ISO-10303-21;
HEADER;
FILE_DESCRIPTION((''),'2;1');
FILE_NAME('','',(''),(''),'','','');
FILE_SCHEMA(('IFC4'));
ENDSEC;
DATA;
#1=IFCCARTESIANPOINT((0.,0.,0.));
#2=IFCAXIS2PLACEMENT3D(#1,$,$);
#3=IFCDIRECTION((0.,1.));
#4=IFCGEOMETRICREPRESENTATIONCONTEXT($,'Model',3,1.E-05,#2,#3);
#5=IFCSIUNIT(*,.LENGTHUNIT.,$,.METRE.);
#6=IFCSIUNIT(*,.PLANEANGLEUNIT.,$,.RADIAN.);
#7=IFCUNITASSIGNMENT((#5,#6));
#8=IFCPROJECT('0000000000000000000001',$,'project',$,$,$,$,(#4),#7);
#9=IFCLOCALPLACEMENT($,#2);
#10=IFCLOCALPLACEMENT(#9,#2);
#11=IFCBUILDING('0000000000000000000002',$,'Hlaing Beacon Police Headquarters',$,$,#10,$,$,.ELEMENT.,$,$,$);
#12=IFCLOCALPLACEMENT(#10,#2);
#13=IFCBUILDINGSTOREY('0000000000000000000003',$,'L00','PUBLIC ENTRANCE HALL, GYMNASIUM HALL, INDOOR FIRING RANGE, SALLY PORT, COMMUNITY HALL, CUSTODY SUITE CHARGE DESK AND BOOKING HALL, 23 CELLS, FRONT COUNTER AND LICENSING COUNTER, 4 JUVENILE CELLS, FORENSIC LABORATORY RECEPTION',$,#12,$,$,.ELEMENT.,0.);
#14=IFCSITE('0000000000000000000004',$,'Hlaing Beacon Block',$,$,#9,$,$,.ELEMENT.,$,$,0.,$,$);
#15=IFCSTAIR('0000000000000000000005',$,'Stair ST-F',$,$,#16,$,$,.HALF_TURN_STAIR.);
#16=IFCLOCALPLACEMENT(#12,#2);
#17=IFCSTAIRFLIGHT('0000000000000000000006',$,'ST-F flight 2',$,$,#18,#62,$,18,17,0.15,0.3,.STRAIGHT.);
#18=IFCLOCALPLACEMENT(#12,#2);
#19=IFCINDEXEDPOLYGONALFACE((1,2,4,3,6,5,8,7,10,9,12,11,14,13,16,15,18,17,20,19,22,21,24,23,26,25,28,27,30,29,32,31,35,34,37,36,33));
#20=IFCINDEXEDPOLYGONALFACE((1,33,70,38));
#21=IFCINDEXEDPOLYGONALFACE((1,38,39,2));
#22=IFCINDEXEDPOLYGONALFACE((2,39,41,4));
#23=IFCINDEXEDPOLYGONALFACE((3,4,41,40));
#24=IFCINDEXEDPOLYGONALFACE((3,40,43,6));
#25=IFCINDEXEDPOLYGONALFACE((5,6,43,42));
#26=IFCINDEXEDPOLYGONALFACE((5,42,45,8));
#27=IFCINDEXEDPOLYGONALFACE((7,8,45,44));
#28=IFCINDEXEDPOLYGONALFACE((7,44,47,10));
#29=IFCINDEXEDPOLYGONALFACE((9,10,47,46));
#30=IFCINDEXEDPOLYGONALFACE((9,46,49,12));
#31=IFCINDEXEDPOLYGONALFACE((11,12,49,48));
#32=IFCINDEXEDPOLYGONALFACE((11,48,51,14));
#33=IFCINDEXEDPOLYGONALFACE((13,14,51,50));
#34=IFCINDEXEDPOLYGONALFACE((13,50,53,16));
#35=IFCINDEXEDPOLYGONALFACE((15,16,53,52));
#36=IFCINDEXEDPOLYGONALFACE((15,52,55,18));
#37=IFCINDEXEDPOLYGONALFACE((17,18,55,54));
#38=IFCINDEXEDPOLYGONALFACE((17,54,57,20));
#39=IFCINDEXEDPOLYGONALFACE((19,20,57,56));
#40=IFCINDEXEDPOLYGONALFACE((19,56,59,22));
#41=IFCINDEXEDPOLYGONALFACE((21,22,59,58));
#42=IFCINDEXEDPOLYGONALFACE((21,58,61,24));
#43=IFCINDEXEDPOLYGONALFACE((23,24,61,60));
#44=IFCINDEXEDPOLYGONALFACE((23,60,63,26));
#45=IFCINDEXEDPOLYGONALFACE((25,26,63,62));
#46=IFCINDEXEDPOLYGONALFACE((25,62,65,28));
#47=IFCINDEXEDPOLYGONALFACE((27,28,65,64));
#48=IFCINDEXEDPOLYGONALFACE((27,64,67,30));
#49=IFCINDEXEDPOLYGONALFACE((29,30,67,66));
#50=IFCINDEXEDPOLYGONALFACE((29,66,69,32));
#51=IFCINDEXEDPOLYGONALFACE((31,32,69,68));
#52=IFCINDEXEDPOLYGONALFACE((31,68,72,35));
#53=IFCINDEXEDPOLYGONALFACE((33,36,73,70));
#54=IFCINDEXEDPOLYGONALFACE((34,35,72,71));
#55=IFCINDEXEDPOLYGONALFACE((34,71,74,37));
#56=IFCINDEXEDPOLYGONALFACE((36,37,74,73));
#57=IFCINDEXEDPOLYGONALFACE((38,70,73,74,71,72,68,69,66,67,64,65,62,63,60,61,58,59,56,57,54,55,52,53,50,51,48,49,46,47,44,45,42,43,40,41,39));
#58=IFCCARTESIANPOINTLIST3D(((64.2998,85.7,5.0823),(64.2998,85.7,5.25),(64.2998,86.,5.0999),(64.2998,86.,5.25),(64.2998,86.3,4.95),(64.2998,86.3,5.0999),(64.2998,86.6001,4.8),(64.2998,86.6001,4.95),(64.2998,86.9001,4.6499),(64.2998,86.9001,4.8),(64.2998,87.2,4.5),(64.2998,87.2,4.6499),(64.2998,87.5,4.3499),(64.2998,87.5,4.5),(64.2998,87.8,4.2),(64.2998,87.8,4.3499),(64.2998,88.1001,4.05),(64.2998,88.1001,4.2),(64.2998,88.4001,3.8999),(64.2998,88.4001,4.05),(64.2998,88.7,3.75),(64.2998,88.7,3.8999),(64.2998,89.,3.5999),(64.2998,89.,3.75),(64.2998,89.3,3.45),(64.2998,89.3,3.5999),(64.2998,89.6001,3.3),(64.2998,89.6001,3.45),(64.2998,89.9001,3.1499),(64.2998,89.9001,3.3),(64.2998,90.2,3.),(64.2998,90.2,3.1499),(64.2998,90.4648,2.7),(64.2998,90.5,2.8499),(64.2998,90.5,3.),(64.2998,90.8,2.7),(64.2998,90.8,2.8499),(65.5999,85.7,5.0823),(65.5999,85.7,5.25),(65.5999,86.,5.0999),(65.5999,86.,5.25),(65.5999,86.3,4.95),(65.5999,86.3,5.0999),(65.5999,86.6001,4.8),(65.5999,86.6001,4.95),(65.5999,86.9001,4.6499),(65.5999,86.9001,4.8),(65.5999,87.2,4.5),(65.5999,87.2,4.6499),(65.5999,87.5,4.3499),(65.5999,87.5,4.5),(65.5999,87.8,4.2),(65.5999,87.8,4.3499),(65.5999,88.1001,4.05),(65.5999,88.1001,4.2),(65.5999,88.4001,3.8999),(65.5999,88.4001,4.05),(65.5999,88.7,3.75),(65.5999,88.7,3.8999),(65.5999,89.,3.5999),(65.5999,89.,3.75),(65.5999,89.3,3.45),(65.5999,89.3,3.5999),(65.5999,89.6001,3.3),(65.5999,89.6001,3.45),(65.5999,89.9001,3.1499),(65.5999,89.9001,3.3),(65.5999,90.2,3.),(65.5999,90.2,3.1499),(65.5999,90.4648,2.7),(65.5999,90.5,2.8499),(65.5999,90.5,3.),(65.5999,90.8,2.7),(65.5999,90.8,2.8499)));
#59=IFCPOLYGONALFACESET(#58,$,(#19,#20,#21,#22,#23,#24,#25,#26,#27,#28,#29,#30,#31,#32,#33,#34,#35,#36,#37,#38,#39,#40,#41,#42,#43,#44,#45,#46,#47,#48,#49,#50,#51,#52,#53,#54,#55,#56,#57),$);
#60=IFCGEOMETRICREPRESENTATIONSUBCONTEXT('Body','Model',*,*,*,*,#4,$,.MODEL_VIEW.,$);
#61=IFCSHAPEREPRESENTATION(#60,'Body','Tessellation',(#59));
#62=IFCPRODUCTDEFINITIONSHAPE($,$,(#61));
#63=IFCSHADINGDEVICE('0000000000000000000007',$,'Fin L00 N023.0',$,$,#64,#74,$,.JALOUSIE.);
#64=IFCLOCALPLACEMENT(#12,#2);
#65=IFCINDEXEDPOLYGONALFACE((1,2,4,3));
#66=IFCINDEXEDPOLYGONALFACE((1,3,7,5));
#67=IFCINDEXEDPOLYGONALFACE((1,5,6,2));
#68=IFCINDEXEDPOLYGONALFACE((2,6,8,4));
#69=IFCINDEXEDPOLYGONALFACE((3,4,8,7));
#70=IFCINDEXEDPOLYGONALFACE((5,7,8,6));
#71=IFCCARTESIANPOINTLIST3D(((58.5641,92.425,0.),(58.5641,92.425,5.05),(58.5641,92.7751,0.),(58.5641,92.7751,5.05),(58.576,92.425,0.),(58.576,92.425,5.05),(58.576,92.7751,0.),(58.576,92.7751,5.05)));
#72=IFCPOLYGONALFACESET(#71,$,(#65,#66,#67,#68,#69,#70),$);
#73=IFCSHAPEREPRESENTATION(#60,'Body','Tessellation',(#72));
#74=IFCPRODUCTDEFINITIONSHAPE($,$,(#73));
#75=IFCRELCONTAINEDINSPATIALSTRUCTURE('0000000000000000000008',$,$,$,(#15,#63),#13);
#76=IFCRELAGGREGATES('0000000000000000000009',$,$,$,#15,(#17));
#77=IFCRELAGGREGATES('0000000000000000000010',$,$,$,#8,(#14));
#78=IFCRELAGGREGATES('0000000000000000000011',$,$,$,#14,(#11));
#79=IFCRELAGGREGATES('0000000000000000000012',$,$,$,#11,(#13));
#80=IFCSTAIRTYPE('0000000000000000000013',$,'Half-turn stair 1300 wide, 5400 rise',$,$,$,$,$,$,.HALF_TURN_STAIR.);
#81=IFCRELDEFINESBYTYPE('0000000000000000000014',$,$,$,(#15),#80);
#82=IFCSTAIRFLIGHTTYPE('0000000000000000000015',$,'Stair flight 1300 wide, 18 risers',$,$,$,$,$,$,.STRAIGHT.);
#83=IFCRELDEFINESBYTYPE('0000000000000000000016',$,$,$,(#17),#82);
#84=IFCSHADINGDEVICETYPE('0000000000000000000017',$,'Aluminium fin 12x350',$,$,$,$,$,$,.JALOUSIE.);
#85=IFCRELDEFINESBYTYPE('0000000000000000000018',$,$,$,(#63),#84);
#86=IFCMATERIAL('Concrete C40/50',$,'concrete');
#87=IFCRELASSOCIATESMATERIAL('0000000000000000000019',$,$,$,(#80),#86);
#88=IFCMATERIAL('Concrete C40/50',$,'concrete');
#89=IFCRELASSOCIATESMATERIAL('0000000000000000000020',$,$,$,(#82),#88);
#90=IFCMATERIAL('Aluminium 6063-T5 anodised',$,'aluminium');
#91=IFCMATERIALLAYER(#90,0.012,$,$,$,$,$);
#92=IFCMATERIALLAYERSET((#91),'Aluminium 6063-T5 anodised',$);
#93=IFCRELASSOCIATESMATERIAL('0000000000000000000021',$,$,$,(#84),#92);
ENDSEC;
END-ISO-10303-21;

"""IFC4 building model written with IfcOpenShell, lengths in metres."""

from ifc_helpers import new_model, si_unit, direction, frame, origin, origin_2d, place, context, subcontext, project, spatial, polyline, rectangle, outline, extrude, material, layer, layer_set, type_object, element, aggregate, save


model = new_model("IFC4")

# Units and contexts
model_context = context("Model", 3, precision=1e-05, world=origin(), true_north=direction((0.0, 1.0)))
body_context = subcontext(model_context, "Body", "Model", "MODEL_VIEW")
ifc_project = project(units=[si_unit("LENGTHUNIT", "METRE"), si_unit("PLANEANGLEUNIT", "RADIAN")], contexts=[model_context])

# Site, building, storey
site_placement = place(None, origin())
site = spatial("IfcSite", under=ifc_project, at=site_placement, Name="Hlaing Beacon Block", CompositionType="ELEMENT", RefElevation=0.0)
building_placement = place(site_placement, origin())
building = spatial("IfcBuilding", under=site, at=building_placement, Name="Hlaing Beacon Police Headquarters", CompositionType="ELEMENT")
storey_placement = place(building_placement, origin())
storey = spatial("IfcBuildingStorey", under=building, at=storey_placement, Name="L00", Description="PUBLIC ENTRANCE HALL, GYMNASIUM HALL, INDOOR FIRING RANGE, SALLY PORT, COMMUNITY HALL, CUSTODY SUITE CHARGE DESK AND BOOKING HALL, 23 CELLS, FRONT COUNTER AND LICENSING COUNTER, 4 JUVENILE CELLS, FORENSIC LABORATORY RECEPTION", CompositionType="ELEMENT", Elevation=0.0)

# Stair, stair flight
ifc_material_1 = material(Name="Concrete C40/50", Category="concrete")
stair_type = type_object("IfcStairType", Name="Half-turn stair 1300 wide, 5400 rise", PredefinedType="HALF_TURN_STAIR", material=ifc_material_1)
stair_placement = place(storey_placement, origin())
stair = element("IfcStair", 1, at=stair_placement, inside=storey, type_object=stair_type, Name="Stair ST-F", PredefinedType="HALF_TURN_STAIR")
ifc_material_2 = material(Name="Concrete C40/50", Category="concrete")
stair_flight_type = type_object("IfcStairFlightType", Name="Stair flight 1300 wide, 18 risers", PredefinedType="STRAIGHT", material=ifc_material_2)
stair_flight_placement = place(storey_placement, frame((64.95, 90.8, 2.7), z_axis=(0.0, 0.0, 1.0), x_axis=(0.0, -1.0, 0.0)))
stair_flight = element("IfcStairFlight", 2, at=stair_flight_placement, type_object=stair_flight_type, Name="ST-F flight 2", NumberOfRisers=18, NumberOfTreads=17, PredefinedType="STRAIGHT", RiserHeight=0.15, TreadLength=0.3, context=body_context, shape_type="SweptSolid", body=[
    extrude(outline(polyline([(0.0, 0.0), (0.0, 0.1499), (0.3, 0.1499), (0.3, 0.3), (0.6001, 0.3), (0.6001, 0.45), (0.8999, 0.45), (0.8999, 0.6001), (1.2, 0.6001), (1.2, 0.75), (1.5, 0.75), (1.5, 0.8999), (1.8, 0.8999), (1.8, 1.05), (2.1001, 1.05), (2.1001, 1.2), (2.3999, 1.2), (2.3999, 1.3501), (2.7, 1.3501), (2.7, 1.5), (3.0, 1.5), (3.0, 1.6499), (3.3, 1.6499), (3.3, 1.8), (3.6001, 1.8), (3.6001, 1.95), (3.8999, 1.95), (3.8999, 2.1001), (4.2, 2.1001), (4.2, 2.25), (4.5, 2.25), (4.5, 2.3999), (4.8, 2.3999), (4.8, 2.55), (5.1001, 2.55), (5.1001, 2.7), (5.1001, 2.3823), (0.3352, 0.0), (0.0, 0.0)])), frame((0.0, 0.6499, 0.0), z_axis=(0.0, -1.0, 0.0), x_axis=(1.0, 0.0, 0.0)), (0.0, 0.0, 1.0), 1.3),
])
aggregate(stair, [stair_flight])

# Shading device
ifc_material_3 = material(Name="Aluminium 6063-T5 anodised", Category="aluminium")
ifc_layer_1 = layer(ifc_material_3, 0.012)
ifc_layer_set_1 = layer_set([ifc_layer_1], Name="Aluminium 6063-T5 anodised")
shading_device_type = type_object("IfcShadingDeviceType", Name="Aluminium fin 12x350", PredefinedType="JALOUSIE", material=ifc_layer_set_1)
shading_device_placement = place(storey_placement, frame((58.5701, 92.6001, 0.0), z_axis=(0.0, 0.0, 1.0), x_axis=(-1.0, 0.0, 0.0)))
element("IfcShadingDevice", 3, at=shading_device_placement, inside=storey, type_object=shading_device_type, Name="Fin L00 N023.0", PredefinedType="JALOUSIE", context=body_context, shape_type="SweptSolid", body=[
    extrude(rectangle(XDim=0.012, YDim=0.3501, at=origin_2d()), origin(), (0.0, 0.0, 1.0), 5.05),
])

save(model, "model.ifc")
